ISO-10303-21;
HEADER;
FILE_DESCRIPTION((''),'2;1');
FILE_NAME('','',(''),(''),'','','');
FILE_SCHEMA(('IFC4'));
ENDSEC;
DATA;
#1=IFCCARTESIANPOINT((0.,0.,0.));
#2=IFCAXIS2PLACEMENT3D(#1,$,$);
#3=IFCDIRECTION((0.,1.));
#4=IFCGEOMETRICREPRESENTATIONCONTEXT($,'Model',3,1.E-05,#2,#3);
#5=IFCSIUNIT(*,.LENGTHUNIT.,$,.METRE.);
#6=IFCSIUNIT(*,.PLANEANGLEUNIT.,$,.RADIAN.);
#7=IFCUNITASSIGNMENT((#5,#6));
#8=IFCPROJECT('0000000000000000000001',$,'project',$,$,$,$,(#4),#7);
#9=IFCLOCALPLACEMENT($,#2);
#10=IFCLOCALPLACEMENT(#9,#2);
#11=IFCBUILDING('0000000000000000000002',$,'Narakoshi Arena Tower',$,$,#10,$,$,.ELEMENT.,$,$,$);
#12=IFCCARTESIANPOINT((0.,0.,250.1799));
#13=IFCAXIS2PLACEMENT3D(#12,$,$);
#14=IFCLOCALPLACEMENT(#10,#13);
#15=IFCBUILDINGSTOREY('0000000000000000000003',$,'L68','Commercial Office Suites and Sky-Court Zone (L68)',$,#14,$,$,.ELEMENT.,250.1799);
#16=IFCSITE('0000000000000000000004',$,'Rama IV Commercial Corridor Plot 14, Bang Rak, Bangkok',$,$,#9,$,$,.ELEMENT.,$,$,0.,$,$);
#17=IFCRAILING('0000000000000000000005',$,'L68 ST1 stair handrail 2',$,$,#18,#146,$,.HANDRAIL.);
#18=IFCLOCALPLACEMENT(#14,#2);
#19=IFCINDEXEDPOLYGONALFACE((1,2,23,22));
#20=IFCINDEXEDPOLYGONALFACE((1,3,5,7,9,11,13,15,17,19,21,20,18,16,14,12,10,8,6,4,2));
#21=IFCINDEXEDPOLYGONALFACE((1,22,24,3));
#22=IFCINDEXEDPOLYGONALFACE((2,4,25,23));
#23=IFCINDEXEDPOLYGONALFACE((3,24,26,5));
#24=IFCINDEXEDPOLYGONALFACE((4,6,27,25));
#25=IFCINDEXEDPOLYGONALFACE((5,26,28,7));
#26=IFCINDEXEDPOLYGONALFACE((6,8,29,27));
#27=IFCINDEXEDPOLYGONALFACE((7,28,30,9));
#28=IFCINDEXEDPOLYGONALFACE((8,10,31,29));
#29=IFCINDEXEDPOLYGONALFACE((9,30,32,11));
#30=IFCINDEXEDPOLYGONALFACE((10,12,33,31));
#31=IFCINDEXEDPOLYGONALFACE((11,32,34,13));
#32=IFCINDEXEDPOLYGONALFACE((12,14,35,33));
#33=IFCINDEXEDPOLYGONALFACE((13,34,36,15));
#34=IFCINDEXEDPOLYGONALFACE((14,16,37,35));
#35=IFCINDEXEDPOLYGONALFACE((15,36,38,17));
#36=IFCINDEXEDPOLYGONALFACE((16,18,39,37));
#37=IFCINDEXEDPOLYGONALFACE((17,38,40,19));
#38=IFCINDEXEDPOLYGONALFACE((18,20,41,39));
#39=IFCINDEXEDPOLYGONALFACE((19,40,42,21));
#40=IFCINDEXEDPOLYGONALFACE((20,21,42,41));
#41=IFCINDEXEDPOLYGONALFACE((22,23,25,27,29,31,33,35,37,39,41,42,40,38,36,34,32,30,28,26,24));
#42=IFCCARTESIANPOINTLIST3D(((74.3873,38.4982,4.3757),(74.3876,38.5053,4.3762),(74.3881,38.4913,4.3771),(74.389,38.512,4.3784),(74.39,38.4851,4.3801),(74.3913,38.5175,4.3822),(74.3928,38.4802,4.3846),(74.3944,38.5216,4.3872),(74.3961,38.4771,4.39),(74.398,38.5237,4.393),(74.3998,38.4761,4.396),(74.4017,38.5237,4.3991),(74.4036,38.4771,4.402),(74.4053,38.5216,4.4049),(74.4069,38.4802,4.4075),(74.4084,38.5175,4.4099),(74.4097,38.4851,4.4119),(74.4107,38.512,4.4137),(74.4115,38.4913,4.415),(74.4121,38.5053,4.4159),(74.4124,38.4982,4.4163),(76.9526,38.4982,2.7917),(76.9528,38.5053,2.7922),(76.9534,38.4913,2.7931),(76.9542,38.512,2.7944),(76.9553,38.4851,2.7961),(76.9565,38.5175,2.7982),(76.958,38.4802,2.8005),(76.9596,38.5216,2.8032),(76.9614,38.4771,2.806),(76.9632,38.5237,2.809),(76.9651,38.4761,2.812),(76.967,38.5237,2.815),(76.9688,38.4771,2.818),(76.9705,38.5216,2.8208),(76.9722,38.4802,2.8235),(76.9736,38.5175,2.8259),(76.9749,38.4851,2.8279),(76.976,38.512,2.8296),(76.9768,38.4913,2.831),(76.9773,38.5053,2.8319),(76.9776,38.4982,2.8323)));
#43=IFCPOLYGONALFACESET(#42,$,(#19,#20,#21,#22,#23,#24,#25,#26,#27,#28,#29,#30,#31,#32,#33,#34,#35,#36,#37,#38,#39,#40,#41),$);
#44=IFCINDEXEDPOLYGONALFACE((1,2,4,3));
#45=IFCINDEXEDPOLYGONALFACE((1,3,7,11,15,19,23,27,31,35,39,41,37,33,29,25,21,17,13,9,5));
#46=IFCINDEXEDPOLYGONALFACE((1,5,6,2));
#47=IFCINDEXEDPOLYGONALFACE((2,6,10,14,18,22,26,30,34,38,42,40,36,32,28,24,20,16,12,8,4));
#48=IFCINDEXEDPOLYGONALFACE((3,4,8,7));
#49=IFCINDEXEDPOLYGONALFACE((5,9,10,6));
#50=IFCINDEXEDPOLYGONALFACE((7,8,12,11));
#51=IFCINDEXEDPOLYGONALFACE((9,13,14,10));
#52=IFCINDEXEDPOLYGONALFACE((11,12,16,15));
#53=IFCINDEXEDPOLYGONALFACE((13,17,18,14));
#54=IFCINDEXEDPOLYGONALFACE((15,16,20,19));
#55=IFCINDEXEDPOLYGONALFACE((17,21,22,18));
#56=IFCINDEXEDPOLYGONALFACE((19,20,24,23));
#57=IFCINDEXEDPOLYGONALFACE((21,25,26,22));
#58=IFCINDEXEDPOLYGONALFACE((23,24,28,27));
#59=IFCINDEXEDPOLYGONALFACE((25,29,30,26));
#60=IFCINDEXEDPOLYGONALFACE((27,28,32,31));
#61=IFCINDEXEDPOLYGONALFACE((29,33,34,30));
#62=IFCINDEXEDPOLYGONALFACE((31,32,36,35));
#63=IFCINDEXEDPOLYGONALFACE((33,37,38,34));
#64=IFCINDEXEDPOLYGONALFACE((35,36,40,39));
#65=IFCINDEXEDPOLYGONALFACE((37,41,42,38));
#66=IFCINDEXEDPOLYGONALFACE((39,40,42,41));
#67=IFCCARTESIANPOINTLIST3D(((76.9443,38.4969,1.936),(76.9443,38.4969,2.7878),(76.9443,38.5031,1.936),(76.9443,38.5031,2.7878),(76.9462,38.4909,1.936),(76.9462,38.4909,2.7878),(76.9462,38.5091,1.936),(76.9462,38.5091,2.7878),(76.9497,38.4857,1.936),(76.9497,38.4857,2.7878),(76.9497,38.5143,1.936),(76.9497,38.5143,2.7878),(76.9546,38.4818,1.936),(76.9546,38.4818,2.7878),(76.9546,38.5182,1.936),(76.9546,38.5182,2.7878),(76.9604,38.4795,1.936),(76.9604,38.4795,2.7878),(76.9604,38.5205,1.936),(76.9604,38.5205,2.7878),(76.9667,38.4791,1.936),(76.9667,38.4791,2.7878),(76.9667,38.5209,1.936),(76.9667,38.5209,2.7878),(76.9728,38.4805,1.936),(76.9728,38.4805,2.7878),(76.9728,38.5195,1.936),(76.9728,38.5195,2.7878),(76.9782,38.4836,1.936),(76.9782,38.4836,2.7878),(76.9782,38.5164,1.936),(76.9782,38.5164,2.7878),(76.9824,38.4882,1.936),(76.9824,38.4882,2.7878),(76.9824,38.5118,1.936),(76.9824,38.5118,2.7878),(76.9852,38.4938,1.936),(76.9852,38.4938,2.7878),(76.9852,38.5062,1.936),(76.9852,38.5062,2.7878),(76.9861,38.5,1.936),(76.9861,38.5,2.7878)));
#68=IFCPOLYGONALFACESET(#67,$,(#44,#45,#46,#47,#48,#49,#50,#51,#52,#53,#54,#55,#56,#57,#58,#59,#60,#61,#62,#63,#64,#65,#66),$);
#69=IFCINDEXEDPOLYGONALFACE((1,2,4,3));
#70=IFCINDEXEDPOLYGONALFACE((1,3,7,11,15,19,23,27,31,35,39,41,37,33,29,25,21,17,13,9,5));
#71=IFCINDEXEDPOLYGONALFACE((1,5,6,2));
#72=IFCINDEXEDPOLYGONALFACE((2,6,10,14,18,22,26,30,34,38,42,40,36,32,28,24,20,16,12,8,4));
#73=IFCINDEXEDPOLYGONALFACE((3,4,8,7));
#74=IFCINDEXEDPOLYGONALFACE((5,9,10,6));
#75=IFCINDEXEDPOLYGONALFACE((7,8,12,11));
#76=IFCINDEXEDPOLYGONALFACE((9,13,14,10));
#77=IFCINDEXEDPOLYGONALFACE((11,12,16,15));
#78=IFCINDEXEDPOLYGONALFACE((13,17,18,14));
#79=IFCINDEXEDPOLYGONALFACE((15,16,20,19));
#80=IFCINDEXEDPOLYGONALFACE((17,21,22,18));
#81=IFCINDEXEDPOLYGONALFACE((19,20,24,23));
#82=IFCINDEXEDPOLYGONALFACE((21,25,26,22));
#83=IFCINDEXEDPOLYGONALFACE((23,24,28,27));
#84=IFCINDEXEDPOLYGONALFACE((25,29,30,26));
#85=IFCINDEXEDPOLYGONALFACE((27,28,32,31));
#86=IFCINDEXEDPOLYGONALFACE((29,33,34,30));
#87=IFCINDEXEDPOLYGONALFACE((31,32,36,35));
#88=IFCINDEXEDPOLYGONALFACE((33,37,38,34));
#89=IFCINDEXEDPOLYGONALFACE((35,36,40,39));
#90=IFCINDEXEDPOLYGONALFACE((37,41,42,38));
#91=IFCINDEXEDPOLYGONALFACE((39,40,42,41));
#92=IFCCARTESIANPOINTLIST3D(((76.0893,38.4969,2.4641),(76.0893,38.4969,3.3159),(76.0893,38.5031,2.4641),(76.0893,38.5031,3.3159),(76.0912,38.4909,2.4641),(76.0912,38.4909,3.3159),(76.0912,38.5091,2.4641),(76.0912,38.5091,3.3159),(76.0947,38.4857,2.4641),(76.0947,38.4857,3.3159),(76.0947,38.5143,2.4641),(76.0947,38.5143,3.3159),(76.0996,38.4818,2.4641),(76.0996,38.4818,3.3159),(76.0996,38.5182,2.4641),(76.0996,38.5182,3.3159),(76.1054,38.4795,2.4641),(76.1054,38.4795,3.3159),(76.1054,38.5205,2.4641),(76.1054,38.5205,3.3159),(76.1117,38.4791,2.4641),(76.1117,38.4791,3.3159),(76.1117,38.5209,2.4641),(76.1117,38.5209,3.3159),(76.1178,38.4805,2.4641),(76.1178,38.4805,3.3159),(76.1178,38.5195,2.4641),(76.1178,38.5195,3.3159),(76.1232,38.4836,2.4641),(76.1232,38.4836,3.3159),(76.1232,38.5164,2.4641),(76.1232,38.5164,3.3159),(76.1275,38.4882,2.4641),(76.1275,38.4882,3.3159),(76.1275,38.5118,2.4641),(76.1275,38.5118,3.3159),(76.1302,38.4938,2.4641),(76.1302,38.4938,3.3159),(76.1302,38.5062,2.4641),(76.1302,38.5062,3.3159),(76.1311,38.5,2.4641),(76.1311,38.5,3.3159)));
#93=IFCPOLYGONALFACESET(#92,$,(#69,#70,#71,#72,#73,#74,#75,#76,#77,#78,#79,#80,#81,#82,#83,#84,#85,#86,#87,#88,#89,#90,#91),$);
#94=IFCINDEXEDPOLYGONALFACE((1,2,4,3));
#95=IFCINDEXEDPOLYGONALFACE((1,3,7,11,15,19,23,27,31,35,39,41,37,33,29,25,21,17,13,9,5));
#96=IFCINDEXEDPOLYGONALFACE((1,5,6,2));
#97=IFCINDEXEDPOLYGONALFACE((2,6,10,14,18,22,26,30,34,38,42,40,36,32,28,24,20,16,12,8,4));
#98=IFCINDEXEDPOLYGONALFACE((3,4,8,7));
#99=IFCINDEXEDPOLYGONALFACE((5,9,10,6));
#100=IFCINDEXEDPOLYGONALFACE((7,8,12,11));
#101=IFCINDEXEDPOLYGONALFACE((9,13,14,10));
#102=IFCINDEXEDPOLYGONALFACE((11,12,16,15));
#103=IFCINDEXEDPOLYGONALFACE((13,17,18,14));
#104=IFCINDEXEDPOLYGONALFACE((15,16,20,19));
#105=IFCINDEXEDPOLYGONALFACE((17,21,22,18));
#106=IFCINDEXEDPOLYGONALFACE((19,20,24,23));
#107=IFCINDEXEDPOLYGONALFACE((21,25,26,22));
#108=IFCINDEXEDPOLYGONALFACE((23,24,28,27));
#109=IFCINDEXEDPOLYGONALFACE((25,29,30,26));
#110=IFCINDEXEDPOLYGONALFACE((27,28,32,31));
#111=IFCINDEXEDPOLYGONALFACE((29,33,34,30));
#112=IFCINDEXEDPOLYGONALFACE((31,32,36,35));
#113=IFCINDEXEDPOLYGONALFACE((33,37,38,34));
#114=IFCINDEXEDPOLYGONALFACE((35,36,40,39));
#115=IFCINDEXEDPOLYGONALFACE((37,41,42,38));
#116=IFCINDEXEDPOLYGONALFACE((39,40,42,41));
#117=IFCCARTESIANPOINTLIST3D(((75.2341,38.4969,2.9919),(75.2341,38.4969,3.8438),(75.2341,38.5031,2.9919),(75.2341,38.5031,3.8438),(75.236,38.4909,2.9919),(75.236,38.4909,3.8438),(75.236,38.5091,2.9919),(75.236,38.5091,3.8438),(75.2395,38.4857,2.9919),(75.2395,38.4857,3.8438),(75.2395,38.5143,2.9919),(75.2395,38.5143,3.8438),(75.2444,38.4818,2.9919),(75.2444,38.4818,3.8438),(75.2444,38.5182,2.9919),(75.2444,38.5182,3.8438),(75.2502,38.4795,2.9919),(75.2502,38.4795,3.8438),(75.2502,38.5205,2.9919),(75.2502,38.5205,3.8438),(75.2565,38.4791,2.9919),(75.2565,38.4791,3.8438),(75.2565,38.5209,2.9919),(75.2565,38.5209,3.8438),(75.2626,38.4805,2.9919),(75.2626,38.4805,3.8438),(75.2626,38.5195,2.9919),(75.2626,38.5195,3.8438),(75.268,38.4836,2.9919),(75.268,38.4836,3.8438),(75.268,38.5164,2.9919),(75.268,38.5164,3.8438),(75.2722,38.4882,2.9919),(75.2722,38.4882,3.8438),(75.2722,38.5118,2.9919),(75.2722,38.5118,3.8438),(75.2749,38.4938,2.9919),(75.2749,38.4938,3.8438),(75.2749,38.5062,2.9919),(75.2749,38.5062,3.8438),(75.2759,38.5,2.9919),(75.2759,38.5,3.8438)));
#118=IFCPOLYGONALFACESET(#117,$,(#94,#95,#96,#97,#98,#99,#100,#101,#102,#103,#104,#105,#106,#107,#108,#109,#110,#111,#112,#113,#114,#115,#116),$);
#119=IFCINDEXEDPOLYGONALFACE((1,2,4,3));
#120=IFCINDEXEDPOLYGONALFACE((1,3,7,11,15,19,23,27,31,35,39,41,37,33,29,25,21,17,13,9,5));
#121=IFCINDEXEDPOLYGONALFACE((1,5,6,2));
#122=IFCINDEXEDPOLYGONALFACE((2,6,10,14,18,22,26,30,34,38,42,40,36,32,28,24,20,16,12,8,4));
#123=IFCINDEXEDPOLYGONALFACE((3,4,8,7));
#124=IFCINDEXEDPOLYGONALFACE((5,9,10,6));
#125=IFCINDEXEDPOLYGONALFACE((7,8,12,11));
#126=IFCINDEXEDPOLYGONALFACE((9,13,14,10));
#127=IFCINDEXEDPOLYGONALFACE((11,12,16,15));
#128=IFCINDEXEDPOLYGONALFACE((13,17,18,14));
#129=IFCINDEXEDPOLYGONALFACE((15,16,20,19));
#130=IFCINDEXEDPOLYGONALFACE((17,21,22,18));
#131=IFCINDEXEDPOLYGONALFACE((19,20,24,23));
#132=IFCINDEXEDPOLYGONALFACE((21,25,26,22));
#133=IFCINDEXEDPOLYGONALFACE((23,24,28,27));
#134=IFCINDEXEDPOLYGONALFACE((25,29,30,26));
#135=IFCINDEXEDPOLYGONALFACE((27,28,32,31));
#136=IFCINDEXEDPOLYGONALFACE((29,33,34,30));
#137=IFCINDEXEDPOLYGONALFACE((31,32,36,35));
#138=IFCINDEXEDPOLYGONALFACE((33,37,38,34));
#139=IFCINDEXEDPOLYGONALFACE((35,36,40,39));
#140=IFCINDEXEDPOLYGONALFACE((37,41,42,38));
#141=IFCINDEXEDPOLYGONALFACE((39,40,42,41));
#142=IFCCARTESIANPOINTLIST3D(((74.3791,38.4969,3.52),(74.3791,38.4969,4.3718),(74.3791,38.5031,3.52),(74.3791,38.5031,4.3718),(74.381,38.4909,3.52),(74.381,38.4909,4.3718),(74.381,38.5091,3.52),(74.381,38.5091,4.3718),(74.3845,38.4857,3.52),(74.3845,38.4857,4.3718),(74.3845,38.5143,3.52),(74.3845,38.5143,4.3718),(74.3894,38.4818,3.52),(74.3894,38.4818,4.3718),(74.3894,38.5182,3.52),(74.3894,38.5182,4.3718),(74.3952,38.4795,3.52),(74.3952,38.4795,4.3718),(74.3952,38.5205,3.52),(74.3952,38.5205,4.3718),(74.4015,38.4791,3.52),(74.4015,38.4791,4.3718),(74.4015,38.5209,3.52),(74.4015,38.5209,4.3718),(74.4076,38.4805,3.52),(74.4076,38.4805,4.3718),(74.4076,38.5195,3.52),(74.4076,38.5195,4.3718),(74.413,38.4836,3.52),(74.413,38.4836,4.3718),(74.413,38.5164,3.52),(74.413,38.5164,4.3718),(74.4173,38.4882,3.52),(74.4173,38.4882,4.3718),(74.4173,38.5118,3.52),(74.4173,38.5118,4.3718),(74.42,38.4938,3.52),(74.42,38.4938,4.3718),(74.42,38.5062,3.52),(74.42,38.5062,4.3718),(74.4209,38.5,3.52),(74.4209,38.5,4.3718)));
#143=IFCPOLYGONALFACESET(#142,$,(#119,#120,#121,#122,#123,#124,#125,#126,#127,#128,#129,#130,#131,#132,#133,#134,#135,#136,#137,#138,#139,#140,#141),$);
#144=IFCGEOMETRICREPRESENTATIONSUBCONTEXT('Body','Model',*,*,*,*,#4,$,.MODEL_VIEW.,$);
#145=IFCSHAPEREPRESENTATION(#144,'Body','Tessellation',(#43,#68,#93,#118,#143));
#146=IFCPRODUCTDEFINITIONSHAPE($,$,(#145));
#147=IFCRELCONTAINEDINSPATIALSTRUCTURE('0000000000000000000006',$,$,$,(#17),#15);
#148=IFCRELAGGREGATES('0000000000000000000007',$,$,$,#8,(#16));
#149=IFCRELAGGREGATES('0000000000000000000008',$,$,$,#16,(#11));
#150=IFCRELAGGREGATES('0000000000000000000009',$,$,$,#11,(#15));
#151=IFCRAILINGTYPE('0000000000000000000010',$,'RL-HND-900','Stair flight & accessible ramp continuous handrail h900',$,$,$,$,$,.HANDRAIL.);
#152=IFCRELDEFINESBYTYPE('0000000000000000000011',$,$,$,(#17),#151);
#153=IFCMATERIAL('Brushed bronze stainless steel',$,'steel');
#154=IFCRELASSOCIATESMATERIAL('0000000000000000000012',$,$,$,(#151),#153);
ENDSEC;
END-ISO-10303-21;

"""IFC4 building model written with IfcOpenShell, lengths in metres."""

from ifc_helpers import new_model, si_unit, direction, frame, origin, origin_2d, place, context, subcontext, project, spatial, circle, extrude, material, type_object, element, save


model = new_model("IFC4")

# Units and contexts
model_context = context("Model", 3, precision=1e-05, world=origin(), true_north=direction((0.0, 1.0)))
body_context = subcontext(model_context, "Body", "Model", "MODEL_VIEW")
ifc_project = project(units=[si_unit("LENGTHUNIT", "METRE"), si_unit("PLANEANGLEUNIT", "RADIAN")], contexts=[model_context])

# Site, building, storey
site_placement = place(None, origin())
site = spatial("IfcSite", under=ifc_project, at=site_placement, Name="Rama IV Commercial Corridor Plot 14, Bang Rak, Bangkok", CompositionType="ELEMENT", RefElevation=0.0)
building_placement = place(site_placement, origin())
building = spatial("IfcBuilding", under=site, at=building_placement, Name="Narakoshi Arena Tower", CompositionType="ELEMENT")
storey_placement = place(building_placement, frame((0.0, 0.0, 250.1799)))
storey = spatial("IfcBuildingStorey", under=building, at=storey_placement, Name="L68", Description="Commercial Office Suites and Sky-Court Zone (L68)", CompositionType="ELEMENT", Elevation=250.1799)

# Railing
ifc_material_1 = material(Name="Brushed bronze stainless steel", Category="steel")
railing_type_1 = type_object("IfcRailingType", Name="RL-HND-900", Description="Stair flight & accessible ramp continuous handrail h900", PredefinedType="HANDRAIL", material=ifc_material_1)
railing_1_placement = place(storey_placement, frame((76.9651, 38.5, 1.936)))
element("IfcRailing", 1, at=railing_1_placement, inside=storey, type_object=railing_type_1, Name="L68 ST1 stair handrail 2", PredefinedType="HANDRAIL", context=body_context, shape_type="SweptSolid", body=[
    extrude(circle(Radius=0.0239, at=origin_2d()), frame((0.0, 0.0, 0.876), z_axis=(-0.850857, 0.0, 0.525398), x_axis=(0.0, -1.0, 0.0)), (0.0, 0.0, 1.0), 3.0149),
    extrude(circle(Radius=0.021, at=origin_2d()), origin(), (0.0, 0.0, 1.0), 0.8518),
    extrude(circle(Radius=0.021, at=origin_2d()), frame((-0.855, 0.0, 0.5281)), (0.0, 0.0, 1.0), 0.8518),
    extrude(circle(Radius=0.021, at=origin_2d()), frame((-1.7102, 0.0, 1.0559)), (0.0, 0.0, 1.0), 0.8518),
    extrude(circle(Radius=0.021, at=origin_2d()), frame((-2.5652, 0.0, 1.584)), (0.0, 0.0, 1.0), 0.8518),
])

save(model, "model.ifc")
